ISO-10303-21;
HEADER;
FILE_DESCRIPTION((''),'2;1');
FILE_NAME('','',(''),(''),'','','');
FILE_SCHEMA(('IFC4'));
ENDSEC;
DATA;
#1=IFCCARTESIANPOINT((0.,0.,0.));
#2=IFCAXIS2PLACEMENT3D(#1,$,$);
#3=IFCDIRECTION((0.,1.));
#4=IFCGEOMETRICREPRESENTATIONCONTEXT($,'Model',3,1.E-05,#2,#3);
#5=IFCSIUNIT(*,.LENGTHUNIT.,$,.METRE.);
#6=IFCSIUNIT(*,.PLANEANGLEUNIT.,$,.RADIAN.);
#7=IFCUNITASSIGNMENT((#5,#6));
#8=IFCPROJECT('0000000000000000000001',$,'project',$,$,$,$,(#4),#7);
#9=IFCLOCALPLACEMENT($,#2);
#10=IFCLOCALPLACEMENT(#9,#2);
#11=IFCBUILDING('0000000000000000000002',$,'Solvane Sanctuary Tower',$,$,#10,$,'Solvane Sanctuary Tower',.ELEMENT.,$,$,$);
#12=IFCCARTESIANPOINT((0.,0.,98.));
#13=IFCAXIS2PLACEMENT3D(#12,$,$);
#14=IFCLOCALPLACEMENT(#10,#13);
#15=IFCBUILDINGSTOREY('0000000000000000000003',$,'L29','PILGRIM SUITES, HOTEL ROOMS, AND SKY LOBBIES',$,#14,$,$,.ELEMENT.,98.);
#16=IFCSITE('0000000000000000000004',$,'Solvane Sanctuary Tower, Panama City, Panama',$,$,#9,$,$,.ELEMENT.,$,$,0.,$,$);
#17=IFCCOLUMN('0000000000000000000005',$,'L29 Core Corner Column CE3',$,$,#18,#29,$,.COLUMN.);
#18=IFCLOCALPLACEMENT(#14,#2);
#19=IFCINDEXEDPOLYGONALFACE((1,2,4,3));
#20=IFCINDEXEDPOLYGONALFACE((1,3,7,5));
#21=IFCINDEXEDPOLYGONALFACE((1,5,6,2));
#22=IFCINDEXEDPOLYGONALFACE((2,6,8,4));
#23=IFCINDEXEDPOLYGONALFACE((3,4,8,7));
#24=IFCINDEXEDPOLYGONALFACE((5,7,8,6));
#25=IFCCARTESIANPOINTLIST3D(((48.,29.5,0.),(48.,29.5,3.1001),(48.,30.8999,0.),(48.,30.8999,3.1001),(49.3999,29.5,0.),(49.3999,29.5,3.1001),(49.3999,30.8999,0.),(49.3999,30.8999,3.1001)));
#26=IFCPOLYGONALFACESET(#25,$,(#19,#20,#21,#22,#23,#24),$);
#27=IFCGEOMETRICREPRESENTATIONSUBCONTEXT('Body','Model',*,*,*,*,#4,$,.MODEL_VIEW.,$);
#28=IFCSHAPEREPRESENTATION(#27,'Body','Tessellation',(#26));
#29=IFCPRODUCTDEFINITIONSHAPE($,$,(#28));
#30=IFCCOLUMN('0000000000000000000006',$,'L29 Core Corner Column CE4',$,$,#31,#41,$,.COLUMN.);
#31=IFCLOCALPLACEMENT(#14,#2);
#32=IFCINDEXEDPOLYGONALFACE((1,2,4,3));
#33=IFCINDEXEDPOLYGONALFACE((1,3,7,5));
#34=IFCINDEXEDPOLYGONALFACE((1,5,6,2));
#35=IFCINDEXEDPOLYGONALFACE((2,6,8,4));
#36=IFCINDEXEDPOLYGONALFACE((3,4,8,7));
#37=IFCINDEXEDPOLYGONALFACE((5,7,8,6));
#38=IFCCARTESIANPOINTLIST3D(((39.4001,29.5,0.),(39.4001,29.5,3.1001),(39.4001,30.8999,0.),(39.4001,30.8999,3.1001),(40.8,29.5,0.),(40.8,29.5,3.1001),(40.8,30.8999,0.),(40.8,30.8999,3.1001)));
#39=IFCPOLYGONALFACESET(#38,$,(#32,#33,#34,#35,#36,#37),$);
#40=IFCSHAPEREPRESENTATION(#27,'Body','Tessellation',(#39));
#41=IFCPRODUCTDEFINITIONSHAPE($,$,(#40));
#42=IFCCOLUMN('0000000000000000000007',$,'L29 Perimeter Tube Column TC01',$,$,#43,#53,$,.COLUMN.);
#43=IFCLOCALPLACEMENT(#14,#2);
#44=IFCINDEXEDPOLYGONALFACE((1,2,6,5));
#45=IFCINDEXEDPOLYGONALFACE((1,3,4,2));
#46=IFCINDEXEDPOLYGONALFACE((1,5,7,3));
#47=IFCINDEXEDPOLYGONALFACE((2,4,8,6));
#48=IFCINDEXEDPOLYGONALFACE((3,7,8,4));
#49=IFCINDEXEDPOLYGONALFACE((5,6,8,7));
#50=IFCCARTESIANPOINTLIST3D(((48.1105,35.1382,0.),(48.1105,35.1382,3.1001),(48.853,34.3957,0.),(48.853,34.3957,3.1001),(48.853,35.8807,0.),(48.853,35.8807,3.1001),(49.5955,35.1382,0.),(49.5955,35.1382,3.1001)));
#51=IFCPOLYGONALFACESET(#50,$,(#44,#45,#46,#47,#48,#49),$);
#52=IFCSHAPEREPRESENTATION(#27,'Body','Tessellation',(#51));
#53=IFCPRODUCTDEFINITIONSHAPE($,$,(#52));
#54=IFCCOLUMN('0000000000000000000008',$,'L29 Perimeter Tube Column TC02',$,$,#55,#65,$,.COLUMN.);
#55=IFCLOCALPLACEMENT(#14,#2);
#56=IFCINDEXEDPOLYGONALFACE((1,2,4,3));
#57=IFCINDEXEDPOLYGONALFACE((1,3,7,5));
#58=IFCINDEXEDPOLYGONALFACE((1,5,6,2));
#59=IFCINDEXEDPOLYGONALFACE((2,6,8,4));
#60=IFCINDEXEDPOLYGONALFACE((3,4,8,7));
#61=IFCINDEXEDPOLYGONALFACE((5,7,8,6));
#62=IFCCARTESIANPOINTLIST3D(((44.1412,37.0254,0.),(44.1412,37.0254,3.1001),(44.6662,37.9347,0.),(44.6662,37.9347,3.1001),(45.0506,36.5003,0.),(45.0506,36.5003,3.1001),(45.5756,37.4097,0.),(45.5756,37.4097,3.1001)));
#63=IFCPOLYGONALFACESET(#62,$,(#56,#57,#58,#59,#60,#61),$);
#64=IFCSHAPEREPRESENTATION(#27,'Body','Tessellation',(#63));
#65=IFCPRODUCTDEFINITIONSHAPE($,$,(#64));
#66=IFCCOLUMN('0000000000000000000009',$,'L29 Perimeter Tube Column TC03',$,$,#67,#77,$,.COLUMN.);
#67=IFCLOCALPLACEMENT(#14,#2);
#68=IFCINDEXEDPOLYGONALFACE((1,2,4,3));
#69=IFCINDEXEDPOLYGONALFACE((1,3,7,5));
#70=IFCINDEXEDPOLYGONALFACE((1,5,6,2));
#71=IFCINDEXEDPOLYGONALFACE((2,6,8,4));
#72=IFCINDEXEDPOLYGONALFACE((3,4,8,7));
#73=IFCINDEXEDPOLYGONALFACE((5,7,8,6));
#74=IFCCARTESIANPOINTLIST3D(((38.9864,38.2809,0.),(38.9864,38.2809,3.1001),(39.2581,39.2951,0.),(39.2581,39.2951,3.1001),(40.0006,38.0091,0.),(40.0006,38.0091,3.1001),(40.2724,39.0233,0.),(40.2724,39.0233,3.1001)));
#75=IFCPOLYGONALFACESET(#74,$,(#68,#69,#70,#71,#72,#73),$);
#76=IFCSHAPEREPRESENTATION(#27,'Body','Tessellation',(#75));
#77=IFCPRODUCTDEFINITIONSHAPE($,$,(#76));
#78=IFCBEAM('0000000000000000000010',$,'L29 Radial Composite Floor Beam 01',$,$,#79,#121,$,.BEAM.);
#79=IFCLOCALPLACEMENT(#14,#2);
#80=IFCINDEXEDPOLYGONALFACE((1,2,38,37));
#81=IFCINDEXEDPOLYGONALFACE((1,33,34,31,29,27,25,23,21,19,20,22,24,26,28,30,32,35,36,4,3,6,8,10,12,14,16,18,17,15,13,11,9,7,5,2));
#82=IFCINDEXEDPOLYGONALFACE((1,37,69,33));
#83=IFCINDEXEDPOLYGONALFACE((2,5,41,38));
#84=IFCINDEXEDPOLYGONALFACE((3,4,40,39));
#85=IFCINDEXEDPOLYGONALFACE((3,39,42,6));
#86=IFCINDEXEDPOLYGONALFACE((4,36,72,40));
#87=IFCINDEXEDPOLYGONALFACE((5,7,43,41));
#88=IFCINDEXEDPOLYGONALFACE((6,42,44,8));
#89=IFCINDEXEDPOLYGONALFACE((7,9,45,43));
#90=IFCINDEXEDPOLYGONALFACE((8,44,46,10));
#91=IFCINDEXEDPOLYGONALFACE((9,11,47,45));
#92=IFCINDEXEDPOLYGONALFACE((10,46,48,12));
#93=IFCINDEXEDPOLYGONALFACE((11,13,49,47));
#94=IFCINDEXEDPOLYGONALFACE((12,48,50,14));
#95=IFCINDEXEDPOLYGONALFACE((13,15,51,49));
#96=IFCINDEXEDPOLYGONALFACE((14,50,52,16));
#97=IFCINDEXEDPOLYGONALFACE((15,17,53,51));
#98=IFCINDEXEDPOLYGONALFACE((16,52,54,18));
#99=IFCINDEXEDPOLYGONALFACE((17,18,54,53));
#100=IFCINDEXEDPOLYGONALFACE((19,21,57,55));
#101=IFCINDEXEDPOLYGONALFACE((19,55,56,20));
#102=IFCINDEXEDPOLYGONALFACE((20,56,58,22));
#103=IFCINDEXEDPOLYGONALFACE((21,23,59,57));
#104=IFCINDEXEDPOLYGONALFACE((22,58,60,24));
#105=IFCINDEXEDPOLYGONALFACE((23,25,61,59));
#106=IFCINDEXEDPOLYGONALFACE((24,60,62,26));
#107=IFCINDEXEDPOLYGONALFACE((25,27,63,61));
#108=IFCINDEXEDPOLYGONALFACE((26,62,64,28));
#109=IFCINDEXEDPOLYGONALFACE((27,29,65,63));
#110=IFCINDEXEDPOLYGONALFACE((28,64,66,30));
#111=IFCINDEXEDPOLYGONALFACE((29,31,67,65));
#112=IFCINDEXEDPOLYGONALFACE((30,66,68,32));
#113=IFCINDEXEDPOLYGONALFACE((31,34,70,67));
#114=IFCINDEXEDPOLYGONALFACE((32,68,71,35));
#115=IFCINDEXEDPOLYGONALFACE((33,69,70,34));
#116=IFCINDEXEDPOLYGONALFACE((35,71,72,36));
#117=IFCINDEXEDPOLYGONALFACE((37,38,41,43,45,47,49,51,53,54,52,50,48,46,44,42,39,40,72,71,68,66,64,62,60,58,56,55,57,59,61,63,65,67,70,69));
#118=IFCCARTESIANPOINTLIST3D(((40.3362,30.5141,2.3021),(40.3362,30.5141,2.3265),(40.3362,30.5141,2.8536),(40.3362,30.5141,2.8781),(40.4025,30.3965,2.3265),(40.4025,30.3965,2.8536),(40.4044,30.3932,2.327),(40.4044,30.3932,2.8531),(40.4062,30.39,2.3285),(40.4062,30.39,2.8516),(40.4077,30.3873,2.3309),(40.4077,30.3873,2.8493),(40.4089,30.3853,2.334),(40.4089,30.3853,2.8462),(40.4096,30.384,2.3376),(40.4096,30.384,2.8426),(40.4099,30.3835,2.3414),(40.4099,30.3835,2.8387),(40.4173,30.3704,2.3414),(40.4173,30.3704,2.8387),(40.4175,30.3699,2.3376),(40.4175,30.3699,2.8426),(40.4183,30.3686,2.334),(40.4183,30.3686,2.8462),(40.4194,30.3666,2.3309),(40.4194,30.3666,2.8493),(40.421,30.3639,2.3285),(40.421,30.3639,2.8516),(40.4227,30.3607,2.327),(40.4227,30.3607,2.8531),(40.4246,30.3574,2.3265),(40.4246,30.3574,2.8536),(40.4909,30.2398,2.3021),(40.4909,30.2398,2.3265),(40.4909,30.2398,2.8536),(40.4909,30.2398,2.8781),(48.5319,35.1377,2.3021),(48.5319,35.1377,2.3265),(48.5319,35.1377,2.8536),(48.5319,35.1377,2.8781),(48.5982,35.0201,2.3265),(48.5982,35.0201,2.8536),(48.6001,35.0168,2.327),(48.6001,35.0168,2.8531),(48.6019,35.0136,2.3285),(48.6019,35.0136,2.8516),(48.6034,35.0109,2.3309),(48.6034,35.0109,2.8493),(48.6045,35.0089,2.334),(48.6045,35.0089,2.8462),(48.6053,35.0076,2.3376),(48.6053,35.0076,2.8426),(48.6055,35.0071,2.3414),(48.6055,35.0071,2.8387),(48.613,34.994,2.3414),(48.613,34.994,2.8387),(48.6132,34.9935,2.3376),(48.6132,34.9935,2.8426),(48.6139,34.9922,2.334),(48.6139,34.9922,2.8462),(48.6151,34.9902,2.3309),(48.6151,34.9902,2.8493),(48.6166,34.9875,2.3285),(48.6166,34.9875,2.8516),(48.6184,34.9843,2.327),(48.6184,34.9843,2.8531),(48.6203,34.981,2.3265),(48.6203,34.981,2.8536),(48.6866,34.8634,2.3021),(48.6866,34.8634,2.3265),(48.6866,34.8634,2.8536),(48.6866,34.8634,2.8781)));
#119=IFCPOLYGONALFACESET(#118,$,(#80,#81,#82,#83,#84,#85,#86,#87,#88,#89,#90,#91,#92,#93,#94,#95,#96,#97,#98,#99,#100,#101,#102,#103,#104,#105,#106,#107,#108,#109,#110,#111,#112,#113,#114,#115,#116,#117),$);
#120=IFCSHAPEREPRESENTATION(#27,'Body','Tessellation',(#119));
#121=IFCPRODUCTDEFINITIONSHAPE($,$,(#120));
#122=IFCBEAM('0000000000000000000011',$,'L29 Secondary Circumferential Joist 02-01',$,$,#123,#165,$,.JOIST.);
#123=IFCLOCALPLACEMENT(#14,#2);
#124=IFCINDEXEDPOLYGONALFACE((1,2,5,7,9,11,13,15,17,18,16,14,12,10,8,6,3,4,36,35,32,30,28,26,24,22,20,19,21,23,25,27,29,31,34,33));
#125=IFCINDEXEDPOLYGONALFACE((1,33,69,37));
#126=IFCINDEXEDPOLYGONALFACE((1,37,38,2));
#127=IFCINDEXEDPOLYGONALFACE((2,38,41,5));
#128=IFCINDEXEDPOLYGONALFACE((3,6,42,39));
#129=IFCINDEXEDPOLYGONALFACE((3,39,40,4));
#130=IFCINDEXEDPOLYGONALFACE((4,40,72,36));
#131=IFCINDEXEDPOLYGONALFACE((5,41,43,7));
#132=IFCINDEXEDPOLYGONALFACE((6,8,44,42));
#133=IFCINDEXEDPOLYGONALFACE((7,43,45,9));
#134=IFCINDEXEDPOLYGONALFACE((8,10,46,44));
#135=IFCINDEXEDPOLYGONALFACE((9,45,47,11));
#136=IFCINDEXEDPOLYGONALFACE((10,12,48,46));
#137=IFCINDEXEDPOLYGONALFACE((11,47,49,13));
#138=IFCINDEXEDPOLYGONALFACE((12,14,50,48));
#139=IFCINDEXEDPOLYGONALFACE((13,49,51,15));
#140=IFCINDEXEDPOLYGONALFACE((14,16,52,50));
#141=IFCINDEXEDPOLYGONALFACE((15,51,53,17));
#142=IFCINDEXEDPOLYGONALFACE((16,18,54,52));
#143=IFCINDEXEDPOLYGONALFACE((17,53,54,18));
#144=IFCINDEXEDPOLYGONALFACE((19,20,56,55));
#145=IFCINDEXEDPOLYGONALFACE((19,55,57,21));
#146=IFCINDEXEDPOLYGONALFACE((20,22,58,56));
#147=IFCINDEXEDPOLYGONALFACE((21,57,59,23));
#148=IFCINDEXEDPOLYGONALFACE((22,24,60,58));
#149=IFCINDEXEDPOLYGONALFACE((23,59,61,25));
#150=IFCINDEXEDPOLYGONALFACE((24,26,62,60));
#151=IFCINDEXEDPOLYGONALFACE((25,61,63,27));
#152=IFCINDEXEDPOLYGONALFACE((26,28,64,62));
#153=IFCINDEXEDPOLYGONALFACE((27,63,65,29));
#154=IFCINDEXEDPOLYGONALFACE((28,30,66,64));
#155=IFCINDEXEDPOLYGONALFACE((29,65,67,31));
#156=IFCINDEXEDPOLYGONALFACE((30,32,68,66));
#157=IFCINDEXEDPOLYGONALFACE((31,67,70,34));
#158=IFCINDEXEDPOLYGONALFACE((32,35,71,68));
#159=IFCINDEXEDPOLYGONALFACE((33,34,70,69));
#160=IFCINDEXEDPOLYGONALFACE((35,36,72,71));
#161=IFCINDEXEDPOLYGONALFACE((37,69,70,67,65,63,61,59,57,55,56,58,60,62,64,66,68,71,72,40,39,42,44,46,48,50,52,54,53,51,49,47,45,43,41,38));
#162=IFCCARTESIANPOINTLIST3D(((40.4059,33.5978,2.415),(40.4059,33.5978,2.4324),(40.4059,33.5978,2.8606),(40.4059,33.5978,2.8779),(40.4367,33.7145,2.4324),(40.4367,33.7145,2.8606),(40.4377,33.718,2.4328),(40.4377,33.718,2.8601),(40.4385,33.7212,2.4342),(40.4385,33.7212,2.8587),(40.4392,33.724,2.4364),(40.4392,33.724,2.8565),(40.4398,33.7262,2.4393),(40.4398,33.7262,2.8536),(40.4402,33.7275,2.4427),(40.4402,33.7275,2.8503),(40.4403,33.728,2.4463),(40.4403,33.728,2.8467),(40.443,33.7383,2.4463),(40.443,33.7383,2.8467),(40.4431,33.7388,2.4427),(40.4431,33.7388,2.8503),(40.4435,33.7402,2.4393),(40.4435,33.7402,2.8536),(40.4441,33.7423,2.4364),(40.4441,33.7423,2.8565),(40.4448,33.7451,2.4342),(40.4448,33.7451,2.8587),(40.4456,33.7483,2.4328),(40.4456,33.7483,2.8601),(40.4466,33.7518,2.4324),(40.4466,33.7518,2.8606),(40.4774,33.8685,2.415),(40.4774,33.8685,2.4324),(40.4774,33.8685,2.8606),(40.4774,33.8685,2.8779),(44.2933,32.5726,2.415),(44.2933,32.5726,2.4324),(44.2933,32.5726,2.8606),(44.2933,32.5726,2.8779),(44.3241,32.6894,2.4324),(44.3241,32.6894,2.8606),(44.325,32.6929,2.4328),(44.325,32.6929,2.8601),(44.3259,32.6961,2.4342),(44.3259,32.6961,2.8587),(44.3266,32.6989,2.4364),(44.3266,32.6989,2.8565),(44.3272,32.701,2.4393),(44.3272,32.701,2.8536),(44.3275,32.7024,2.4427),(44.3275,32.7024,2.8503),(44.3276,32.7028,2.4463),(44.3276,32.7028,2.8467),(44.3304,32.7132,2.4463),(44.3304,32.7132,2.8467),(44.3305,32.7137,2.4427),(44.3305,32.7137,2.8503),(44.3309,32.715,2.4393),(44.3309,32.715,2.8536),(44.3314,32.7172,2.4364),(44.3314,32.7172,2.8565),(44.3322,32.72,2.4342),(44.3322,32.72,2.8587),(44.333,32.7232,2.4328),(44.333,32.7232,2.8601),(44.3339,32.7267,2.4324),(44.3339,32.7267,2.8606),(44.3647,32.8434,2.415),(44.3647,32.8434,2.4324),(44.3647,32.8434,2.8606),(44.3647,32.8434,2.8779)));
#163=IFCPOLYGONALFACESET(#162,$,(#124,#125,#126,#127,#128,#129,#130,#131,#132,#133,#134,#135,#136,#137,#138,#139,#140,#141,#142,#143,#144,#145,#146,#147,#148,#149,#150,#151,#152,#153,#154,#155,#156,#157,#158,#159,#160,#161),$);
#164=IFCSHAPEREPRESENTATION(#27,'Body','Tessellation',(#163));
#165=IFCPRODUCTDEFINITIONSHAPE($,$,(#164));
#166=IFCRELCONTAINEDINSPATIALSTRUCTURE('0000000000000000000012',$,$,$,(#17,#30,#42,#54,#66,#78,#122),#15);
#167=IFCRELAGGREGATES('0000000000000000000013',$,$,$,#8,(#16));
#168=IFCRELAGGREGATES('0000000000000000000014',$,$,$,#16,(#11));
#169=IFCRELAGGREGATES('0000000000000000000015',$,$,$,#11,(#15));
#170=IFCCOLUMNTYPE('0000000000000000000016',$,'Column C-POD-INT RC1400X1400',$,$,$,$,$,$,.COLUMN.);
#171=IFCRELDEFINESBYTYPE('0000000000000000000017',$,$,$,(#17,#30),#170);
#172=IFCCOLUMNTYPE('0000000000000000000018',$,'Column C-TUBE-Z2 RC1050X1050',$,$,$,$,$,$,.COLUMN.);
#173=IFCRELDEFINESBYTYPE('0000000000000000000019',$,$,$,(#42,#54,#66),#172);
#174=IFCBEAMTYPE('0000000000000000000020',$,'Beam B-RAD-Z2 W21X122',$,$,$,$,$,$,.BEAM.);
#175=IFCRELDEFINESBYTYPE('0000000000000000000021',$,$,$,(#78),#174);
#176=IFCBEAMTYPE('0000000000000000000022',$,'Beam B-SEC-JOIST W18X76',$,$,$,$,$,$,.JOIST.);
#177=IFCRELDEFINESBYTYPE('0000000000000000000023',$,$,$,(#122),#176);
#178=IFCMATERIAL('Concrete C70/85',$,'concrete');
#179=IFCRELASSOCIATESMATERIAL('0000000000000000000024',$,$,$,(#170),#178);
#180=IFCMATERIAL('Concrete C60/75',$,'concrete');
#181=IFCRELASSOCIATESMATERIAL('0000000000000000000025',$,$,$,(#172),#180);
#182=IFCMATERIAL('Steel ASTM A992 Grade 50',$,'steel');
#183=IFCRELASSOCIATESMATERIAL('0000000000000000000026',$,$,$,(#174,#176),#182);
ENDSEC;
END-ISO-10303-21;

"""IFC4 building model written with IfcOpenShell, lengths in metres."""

from ifc_helpers import new_model, si_unit, direction, frame, origin, origin_2d, place, context, subcontext, project, spatial, rectangle, i_section, extrude, material, material_profile, profile_set, type_object, element, save


model = new_model("IFC4")

# Units and contexts
model_context = context("Model", 3, precision=1e-05, world=origin(), true_north=direction((0.0, 1.0)))
body_context = subcontext(model_context, "Body", "Model", "MODEL_VIEW")
ifc_project = project(units=[si_unit("LENGTHUNIT", "METRE"), si_unit("PLANEANGLEUNIT", "RADIAN")], contexts=[model_context])

# Site, building, storey
site_placement = place(None, origin())
site = spatial("IfcSite", under=ifc_project, at=site_placement, Name="Solvane Sanctuary Tower, Panama City, Panama", CompositionType="ELEMENT", RefElevation=0.0)
building_placement = place(site_placement, origin())
building = spatial("IfcBuilding", under=site, at=building_placement, Name="Solvane Sanctuary Tower", LongName="Solvane Sanctuary Tower", CompositionType="ELEMENT")
storey_placement = place(building_placement, frame((0.0, 0.0, 98.0)))
storey = spatial("IfcBuildingStorey", under=building, at=storey_placement, Name="L29", Description="PILGRIM SUITES, HOTEL ROOMS, AND SKY LOBBIES", CompositionType="ELEMENT", Elevation=98.0)

# Columns
ifc_material_1 = material(Name="Concrete C70/85", Category="concrete")
ifc_material_profile_1 = material_profile(ifc_material_1, rectangle(XDim=1.3999, YDim=1.3999, at=origin_2d()), Name="RC1400X1400")
ifc_profile_set_1 = profile_set([ifc_material_profile_1], Name="Concrete C70/85")
column_type_1 = type_object("IfcColumnType", Name="Column C-POD-INT RC1400X1400", PredefinedType="COLUMN", material=ifc_profile_set_1)
for number, where, z_axis, x_axis, name in (
    (1, (48.7, 30.2, 0.0), (0.0, 0.0, 1.0), (1.0, 0.0, 0.0), "L29 Core Corner Column CE3"),
    (2, (40.1001, 30.2, 0.0), (0.0, 0.0, 1.0), (1.0, 0.0, 0.0), "L29 Core Corner Column CE4"),
):
    element("IfcColumn", number, at=place(storey_placement, frame(where, z_axis=z_axis, x_axis=x_axis)), inside=storey, type_object=column_type_1, Name=name, PredefinedType="COLUMN", context=body_context, shape_type="SweptSolid", body=[
        extrude(rectangle(XDim=1.3999, YDim=1.3999, at=origin_2d()), origin(), (0.0, 0.0, 1.0), 3.1001),
    ])
ifc_material_2 = material(Name="Concrete C60/75", Category="concrete")
ifc_material_profile_2 = material_profile(ifc_material_2, rectangle(XDim=1.05, YDim=1.05, at=origin_2d()), Name="RC1050X1050")
ifc_profile_set_2 = profile_set([ifc_material_profile_2], Name="Concrete C60/75")
column_type_2 = type_object("IfcColumnType", Name="Column C-TUBE-Z2 RC1050X1050", PredefinedType="COLUMN", material=ifc_profile_set_2)
for number, where, z_axis, x_axis, name in (
    (3, (48.853, 35.1382, 0.0), (0.0, 0.0, 1.0), (0.707107, 0.707107, 0.0), "L29 Perimeter Tube Column TC01"),
    (4, (44.8584, 37.2175, 0.0), (0.0, 0.0, 1.0), (0.5, 0.866025, 0.0), "L29 Perimeter Tube Column TC02"),
    (5, (39.6294, 38.6521, 0.0), (0.0, 0.0, 1.0), (0.258819, 0.965926, 0.0), "L29 Perimeter Tube Column TC03"),
):
    element("IfcColumn", number, at=place(storey_placement, frame(where, z_axis=z_axis, x_axis=x_axis)), inside=storey, type_object=column_type_2, Name=name, PredefinedType="COLUMN", context=body_context, shape_type="SweptSolid", body=[
        extrude(rectangle(XDim=1.05, YDim=1.05, at=origin_2d()), origin(), (0.0, 0.0, 1.0), 3.1001),
    ])

# Beams
ifc_material_3 = material(Name="Steel ASTM A992 Grade 50", Category="steel")
ifc_material_profile_3 = material_profile(ifc_material_3, i_section(OverallWidth=0.3149, OverallDepth=0.5759, WebThickness=0.0151, FlangeThickness=0.0244, FilletRadius=0.0149, at=origin_2d()), Name="W21X122")
ifc_profile_set_3 = profile_set([ifc_material_profile_3], Name="Steel ASTM A992 Grade 50")
beam_type_1 = type_object("IfcBeamType", Name="Beam B-RAD-Z2 W21X122", PredefinedType="BEAM", material=ifc_profile_set_3)
beam_1_placement = place(storey_placement, frame((40.4136, 30.377, 2.5901), z_axis=(0.87096, 0.491353, 0.0), x_axis=(-0.491353, 0.87096, 0.0)))
element("IfcBeam", 6, at=beam_1_placement, inside=storey, type_object=beam_type_1, Name="L29 Radial Composite Floor Beam 01", PredefinedType="BEAM", context=body_context, shape_type="SweptSolid", body=[
    extrude(i_section(OverallWidth=0.3149, OverallDepth=0.5759, WebThickness=0.0151, FlangeThickness=0.0244, FilletRadius=0.0149, at=origin_2d()), origin(), (0.0, 0.0, 1.0), 9.4099),
])
ifc_material_profile_4 = material_profile(ifc_material_3, i_section(OverallWidth=0.28, OverallDepth=0.4629, WebThickness=0.0107, FlangeThickness=0.0173, FilletRadius=0.0139, at=origin_2d()), Name="W18X76")
ifc_profile_set_4 = profile_set([ifc_material_profile_4], Name="Steel ASTM A992 Grade 50")
beam_type_2 = type_object("IfcBeamType", Name="Beam B-SEC-JOIST W18X76", PredefinedType="JOIST", material=ifc_profile_set_4)
beam_2_placement = place(storey_placement, frame((40.4417, 33.7332, 2.6465), z_axis=(0.966944, -0.254989, 0.0), x_axis=(0.254989, 0.966944, 0.0)))
element("IfcBeam", 7, at=beam_2_placement, inside=storey, type_object=beam_type_2, Name="L29 Secondary Circumferential Joist 02-01", PredefinedType="JOIST", context=body_context, shape_type="SweptSolid", body=[
    extrude(i_section(OverallWidth=0.28, OverallDepth=0.4629, WebThickness=0.0107, FlangeThickness=0.0173, FilletRadius=0.0139, at=origin_2d()), origin(), (0.0, 0.0, 1.0), 4.0203),
])

save(model, "model.ifc")
